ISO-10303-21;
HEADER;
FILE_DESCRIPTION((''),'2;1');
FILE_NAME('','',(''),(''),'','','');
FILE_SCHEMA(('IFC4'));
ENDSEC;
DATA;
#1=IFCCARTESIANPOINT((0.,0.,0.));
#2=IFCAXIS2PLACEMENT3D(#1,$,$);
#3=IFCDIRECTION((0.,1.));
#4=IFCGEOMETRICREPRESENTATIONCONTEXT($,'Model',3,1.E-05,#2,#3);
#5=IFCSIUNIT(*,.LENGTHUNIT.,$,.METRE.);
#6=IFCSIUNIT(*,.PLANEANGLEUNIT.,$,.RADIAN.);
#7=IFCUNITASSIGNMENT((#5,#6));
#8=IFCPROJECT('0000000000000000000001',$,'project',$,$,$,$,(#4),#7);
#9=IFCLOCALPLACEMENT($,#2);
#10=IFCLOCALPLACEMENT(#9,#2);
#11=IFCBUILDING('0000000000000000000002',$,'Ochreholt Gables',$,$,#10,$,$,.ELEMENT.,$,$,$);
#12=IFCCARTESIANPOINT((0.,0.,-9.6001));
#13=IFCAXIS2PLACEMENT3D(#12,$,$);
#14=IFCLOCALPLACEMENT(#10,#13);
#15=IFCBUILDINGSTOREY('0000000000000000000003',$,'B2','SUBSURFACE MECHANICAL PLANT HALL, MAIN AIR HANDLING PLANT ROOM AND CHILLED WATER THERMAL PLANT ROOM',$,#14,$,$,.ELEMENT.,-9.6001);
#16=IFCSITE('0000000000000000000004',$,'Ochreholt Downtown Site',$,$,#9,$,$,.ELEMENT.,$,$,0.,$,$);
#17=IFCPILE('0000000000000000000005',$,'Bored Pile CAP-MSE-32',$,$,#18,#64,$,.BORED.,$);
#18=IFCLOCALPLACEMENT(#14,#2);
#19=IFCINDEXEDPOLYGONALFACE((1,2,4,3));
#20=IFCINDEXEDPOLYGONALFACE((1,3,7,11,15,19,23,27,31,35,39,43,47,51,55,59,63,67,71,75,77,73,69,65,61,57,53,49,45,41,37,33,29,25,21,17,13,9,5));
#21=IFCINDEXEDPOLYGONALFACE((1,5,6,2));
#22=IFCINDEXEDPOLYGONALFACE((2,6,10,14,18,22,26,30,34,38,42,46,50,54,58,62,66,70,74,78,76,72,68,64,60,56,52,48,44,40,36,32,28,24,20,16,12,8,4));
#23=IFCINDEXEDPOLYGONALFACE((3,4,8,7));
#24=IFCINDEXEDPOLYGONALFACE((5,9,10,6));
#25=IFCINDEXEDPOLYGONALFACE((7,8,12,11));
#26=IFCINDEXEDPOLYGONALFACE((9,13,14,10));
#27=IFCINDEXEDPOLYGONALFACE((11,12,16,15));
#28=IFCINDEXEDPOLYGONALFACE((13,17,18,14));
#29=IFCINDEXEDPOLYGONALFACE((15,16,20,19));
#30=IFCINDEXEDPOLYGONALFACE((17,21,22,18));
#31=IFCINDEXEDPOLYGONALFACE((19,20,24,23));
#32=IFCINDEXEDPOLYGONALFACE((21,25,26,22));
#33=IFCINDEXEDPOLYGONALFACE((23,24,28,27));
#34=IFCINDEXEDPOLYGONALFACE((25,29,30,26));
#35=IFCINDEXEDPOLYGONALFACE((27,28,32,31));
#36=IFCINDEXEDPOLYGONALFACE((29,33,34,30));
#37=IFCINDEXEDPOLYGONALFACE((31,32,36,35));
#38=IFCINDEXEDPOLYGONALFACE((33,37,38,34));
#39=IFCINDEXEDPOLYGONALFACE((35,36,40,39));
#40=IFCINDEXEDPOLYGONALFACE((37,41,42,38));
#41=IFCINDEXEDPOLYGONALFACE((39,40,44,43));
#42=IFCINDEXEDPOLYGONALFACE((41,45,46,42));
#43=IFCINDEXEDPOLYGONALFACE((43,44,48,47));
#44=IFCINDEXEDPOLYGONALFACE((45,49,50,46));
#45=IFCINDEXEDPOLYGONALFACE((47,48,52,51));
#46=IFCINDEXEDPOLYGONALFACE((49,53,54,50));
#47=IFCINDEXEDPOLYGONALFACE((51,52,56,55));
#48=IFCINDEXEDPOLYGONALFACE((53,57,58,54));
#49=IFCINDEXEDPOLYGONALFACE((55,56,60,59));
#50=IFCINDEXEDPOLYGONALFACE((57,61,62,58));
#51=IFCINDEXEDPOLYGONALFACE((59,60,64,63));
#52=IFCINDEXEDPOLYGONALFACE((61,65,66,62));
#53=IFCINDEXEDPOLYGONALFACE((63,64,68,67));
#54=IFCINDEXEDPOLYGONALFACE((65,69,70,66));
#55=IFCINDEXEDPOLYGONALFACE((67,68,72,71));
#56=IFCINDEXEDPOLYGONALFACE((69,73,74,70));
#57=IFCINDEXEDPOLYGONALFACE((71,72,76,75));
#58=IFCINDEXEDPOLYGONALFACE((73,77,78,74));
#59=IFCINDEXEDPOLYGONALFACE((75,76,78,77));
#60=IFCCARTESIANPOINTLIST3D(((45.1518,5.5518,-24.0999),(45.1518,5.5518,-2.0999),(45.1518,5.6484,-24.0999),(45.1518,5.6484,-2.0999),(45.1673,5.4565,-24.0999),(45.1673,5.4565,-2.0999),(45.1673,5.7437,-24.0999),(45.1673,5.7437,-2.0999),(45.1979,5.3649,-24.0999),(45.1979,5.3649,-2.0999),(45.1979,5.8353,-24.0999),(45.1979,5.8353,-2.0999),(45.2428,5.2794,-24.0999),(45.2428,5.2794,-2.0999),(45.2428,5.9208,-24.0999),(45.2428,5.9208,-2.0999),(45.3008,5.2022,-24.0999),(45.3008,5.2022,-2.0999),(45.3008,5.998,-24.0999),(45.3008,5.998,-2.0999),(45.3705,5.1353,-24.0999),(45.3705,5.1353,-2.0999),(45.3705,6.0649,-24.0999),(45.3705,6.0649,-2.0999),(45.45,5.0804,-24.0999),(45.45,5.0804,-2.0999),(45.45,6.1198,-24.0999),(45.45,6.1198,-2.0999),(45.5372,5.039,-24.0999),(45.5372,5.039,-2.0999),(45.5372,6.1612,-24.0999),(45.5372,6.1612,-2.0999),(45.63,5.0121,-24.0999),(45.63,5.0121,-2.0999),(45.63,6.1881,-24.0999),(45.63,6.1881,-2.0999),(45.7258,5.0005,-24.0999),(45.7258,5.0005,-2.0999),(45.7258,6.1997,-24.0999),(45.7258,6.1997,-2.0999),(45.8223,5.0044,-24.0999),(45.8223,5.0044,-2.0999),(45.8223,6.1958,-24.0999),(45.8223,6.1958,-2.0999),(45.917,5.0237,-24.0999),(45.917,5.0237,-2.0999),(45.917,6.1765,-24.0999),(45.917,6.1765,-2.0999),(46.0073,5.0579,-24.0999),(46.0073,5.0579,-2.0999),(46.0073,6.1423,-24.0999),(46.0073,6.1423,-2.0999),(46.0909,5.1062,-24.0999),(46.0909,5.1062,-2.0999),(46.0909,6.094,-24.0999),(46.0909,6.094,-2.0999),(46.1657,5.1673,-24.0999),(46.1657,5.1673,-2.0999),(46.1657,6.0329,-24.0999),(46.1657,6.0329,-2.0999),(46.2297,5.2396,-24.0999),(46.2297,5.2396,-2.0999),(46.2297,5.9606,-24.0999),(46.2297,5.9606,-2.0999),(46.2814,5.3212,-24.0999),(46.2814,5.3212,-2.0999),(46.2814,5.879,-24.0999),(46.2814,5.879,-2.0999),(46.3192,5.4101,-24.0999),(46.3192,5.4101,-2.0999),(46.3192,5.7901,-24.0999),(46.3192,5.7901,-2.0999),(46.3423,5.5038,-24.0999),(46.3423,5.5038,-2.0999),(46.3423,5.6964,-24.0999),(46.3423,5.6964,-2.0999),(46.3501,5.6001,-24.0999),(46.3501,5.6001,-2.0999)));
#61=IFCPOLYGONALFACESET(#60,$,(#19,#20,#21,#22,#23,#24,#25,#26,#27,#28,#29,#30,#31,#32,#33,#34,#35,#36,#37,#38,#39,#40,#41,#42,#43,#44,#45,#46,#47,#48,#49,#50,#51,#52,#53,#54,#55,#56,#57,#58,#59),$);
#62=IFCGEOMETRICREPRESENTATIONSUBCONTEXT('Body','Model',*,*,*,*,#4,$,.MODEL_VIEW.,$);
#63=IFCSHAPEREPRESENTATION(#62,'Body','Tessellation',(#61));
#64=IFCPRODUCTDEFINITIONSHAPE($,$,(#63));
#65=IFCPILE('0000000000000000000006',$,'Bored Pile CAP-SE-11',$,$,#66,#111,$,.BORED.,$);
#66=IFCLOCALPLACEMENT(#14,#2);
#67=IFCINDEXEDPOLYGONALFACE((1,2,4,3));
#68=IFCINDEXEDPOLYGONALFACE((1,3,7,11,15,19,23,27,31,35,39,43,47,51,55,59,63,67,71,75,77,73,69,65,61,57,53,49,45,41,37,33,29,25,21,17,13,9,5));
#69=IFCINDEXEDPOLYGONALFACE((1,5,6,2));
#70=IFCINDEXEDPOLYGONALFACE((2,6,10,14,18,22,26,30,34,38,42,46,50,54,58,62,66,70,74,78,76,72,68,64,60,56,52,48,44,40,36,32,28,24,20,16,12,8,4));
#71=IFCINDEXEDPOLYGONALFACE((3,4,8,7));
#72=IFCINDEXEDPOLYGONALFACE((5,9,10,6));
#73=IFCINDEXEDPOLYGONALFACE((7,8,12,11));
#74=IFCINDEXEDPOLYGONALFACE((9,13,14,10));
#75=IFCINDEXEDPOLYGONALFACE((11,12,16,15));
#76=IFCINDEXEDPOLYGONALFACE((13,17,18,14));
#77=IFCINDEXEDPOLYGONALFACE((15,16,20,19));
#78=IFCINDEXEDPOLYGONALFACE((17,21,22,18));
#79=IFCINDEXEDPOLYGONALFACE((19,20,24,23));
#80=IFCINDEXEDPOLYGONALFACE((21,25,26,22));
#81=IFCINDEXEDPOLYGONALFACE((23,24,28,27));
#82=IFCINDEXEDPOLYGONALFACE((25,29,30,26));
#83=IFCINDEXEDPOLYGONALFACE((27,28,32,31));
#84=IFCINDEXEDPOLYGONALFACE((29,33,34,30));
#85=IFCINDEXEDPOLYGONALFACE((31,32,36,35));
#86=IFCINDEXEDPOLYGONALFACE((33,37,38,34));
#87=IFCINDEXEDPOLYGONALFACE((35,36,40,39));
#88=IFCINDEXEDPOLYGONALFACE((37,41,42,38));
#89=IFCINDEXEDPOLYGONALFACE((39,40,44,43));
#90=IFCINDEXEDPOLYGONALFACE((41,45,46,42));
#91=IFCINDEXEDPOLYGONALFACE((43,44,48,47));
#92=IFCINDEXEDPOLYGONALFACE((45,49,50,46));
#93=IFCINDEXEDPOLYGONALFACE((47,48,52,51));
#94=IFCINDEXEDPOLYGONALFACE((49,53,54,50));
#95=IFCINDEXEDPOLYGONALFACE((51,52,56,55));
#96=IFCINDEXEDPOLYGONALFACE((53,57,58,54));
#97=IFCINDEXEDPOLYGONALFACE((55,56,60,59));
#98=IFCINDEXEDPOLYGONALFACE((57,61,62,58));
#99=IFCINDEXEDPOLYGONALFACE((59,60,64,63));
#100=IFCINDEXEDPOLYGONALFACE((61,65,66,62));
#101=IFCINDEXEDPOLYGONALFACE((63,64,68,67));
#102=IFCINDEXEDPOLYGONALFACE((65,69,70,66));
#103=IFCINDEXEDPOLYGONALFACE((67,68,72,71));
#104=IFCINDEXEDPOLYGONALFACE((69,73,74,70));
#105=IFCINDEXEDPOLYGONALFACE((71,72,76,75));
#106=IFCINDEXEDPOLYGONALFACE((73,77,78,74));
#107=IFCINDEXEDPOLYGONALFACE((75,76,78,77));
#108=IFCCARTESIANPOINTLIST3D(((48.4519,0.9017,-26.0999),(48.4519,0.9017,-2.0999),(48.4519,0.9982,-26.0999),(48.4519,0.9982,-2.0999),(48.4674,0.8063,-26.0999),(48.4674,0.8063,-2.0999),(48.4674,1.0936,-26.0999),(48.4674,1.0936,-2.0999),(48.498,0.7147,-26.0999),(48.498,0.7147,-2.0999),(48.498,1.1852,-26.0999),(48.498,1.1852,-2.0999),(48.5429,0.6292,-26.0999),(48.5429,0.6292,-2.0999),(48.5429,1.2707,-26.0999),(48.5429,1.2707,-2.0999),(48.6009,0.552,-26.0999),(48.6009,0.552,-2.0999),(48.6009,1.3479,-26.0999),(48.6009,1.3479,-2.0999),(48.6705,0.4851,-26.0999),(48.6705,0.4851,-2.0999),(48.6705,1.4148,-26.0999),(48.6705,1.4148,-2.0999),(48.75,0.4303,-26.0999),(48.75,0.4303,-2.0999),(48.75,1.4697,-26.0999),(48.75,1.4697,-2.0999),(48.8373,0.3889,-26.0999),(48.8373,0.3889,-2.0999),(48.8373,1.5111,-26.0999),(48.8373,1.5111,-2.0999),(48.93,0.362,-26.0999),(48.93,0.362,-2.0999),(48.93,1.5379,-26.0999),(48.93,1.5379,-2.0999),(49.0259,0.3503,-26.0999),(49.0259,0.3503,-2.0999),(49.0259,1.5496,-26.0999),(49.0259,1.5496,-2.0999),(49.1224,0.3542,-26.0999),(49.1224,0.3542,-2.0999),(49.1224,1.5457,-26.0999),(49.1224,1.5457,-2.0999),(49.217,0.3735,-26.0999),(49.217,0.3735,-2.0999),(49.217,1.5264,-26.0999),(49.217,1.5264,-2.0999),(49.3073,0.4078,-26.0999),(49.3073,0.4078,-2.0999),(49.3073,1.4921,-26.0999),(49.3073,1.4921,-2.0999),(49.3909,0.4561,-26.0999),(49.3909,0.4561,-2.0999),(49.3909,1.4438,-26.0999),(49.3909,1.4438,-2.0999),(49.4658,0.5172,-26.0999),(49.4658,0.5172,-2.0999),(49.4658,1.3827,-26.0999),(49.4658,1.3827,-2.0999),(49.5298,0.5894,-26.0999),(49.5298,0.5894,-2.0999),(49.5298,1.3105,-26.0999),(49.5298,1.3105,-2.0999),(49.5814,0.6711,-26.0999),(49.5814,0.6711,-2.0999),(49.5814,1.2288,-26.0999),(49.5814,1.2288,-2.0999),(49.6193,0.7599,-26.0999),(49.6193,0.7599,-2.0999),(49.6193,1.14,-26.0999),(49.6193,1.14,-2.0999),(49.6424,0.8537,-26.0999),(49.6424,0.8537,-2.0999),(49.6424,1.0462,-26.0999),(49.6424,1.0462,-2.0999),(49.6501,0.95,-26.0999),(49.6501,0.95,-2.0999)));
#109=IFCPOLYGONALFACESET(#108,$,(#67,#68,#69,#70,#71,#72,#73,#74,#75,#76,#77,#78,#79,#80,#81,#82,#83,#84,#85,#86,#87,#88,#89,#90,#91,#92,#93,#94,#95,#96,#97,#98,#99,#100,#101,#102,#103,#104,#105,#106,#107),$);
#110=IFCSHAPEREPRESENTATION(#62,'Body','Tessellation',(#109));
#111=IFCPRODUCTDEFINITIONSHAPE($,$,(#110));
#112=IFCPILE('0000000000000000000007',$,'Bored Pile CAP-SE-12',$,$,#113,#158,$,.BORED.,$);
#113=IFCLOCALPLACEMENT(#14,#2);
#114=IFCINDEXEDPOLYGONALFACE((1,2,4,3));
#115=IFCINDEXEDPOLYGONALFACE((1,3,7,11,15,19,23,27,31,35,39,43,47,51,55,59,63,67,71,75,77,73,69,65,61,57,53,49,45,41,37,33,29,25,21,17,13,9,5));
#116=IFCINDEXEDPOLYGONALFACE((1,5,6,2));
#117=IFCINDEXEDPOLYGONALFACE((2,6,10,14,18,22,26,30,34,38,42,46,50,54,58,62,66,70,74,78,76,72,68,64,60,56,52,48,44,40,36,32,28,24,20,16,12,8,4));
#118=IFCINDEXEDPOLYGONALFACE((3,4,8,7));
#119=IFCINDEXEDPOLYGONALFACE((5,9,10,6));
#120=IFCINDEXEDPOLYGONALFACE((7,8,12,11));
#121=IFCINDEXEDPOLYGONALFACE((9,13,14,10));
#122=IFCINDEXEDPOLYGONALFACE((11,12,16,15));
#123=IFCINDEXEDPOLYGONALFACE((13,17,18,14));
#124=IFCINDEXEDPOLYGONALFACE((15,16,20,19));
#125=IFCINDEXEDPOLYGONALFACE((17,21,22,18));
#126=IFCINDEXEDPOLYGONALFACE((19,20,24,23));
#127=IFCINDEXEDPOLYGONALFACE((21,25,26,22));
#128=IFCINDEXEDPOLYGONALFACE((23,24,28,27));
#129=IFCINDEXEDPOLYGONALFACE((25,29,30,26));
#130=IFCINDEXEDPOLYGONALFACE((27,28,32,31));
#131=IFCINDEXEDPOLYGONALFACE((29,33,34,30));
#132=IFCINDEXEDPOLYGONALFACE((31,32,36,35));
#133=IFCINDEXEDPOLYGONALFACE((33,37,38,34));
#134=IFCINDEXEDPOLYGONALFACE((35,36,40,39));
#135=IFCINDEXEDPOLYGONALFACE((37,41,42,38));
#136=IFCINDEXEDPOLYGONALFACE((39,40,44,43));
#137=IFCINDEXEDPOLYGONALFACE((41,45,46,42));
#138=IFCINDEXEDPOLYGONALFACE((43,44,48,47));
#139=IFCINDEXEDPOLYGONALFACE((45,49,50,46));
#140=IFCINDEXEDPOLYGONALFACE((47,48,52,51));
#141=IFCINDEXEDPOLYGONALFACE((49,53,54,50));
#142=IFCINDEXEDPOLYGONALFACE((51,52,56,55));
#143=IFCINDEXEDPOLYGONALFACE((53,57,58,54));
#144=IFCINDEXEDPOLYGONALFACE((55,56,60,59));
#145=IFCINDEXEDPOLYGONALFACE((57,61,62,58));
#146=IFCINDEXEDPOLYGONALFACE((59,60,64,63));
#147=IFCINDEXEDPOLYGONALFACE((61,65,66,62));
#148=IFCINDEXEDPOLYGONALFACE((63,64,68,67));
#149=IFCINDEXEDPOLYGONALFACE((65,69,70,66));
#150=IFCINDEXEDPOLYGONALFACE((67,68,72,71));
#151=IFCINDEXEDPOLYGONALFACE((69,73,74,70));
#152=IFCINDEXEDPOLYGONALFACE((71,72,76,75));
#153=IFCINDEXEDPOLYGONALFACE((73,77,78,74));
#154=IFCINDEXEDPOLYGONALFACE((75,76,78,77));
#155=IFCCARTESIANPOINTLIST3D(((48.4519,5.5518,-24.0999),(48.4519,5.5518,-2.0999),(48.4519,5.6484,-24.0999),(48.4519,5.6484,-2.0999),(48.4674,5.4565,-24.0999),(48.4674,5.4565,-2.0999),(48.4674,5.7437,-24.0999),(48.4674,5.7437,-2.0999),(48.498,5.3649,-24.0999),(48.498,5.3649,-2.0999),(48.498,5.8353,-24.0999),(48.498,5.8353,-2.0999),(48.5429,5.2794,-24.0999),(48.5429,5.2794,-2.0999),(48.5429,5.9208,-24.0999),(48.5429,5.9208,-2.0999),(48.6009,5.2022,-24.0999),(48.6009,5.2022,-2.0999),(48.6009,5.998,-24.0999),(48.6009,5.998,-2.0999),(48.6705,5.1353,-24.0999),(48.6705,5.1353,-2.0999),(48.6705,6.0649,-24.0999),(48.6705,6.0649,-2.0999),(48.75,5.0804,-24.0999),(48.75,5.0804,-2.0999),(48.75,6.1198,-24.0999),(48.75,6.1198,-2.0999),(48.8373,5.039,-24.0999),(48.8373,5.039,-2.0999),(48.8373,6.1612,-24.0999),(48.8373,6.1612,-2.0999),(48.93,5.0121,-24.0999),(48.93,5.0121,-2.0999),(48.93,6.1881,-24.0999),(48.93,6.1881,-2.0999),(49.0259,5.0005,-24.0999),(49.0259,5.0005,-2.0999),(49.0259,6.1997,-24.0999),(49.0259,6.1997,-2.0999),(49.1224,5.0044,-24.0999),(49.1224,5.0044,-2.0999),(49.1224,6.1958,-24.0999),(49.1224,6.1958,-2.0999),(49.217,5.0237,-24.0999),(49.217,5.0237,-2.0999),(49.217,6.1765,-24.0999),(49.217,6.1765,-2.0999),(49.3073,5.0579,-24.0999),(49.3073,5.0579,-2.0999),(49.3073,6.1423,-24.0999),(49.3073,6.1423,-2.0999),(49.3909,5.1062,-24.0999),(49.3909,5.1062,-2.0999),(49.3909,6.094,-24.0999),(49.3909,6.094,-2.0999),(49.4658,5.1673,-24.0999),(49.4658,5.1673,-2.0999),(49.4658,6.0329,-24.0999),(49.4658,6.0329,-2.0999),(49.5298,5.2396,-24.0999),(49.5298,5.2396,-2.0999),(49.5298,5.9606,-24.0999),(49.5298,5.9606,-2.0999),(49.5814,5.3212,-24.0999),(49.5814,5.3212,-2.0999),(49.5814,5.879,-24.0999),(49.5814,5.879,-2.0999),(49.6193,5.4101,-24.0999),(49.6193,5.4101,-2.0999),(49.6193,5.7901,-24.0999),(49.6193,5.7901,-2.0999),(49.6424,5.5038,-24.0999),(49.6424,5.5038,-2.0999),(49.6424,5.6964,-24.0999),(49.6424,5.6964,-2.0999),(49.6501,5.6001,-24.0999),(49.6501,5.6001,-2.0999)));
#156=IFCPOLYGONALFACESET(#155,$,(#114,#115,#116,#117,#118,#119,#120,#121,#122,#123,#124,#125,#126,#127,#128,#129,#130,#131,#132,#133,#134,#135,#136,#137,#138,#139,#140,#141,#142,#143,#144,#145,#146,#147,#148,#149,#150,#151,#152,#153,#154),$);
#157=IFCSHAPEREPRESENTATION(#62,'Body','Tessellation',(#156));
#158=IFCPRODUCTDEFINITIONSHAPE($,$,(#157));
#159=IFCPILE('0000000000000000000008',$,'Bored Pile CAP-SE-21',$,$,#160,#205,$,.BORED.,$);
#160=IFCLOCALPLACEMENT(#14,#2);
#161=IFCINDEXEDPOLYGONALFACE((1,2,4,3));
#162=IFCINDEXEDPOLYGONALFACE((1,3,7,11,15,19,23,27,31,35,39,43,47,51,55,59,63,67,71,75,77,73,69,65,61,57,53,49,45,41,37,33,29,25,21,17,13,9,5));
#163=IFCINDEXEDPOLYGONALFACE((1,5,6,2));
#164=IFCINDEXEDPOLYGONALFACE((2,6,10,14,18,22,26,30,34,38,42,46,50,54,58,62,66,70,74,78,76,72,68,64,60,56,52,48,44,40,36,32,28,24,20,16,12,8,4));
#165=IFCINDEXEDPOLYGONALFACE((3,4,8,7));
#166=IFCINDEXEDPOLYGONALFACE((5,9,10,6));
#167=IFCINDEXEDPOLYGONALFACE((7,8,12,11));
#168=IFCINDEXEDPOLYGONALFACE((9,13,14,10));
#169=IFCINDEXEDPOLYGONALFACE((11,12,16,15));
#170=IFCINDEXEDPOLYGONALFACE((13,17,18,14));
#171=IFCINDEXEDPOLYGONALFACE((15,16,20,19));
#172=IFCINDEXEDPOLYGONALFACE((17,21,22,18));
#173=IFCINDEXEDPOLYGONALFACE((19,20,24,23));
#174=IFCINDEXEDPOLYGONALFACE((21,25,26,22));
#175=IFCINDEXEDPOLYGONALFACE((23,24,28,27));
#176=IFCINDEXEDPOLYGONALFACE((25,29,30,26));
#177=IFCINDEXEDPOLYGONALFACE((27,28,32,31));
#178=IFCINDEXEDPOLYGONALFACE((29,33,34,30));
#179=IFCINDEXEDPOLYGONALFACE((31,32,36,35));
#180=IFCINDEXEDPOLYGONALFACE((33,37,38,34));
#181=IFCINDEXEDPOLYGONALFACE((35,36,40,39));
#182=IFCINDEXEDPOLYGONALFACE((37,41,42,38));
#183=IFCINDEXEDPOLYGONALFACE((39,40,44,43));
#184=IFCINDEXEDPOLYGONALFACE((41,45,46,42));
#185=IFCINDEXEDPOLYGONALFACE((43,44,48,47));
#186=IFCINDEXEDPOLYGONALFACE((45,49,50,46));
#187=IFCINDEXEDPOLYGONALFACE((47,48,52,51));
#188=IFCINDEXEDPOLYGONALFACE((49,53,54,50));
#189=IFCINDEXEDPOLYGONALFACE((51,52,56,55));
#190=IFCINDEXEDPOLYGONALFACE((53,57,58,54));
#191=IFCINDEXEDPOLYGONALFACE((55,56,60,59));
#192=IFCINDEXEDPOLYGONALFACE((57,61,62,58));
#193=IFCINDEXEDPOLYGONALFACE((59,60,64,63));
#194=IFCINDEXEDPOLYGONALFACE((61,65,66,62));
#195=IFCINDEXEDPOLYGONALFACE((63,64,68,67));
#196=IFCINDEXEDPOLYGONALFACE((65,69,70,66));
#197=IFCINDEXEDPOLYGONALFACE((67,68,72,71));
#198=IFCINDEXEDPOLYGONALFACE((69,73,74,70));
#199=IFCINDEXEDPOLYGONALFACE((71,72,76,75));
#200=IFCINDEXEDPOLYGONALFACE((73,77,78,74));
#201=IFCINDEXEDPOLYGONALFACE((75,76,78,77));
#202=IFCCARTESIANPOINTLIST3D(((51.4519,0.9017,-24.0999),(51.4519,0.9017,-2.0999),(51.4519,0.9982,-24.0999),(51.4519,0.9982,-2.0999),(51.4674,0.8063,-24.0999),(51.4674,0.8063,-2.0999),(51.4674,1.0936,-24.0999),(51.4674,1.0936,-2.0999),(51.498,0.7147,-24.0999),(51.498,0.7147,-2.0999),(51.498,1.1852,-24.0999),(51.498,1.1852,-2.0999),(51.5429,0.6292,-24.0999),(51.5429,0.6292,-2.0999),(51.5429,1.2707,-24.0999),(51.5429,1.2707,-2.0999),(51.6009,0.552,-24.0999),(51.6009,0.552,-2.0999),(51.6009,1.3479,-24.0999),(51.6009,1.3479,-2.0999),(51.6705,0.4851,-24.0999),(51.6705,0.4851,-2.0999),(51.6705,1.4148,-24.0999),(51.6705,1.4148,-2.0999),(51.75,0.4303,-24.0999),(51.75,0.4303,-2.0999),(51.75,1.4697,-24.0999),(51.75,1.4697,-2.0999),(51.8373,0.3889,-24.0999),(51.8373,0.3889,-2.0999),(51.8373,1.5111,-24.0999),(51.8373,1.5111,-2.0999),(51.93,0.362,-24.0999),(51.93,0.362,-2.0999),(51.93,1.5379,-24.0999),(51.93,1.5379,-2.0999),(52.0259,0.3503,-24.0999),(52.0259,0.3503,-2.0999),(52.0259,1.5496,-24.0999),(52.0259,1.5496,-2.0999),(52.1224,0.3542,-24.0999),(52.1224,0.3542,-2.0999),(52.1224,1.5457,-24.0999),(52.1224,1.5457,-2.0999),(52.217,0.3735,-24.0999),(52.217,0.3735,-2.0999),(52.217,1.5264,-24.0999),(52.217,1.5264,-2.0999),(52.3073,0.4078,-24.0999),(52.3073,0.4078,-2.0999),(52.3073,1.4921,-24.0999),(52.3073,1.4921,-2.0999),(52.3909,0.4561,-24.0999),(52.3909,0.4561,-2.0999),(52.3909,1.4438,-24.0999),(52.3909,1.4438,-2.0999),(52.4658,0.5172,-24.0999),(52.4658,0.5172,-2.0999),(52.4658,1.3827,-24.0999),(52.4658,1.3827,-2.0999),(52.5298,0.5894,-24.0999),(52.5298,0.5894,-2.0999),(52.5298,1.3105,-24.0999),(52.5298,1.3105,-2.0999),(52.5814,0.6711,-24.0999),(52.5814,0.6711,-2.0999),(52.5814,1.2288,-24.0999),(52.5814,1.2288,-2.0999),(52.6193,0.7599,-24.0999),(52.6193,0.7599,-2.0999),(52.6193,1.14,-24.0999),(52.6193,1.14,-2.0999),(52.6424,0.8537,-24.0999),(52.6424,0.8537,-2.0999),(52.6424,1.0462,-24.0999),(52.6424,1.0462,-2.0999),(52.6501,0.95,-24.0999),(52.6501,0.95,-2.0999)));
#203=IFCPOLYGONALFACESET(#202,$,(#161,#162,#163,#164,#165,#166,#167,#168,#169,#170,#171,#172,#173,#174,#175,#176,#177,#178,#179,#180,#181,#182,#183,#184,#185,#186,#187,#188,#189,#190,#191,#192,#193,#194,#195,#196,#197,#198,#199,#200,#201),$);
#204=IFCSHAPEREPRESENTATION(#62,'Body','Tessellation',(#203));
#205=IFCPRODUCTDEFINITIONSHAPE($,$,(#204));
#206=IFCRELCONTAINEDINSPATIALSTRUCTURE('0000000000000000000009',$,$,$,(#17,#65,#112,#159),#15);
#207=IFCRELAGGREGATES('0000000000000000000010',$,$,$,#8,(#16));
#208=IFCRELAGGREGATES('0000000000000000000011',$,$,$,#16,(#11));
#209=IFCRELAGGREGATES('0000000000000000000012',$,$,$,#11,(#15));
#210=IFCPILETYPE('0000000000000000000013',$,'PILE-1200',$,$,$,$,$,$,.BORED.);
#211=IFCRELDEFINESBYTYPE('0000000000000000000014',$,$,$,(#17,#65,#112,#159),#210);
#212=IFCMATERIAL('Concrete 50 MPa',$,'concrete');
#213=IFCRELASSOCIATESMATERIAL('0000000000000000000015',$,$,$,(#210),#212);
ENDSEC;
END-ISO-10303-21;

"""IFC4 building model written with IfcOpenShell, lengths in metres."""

from ifc_helpers import new_model, si_unit, direction, frame, origin, origin_2d, place, context, subcontext, project, spatial, circle, extrude, material, material_profile, profile_set, type_object, element, save


model = new_model("IFC4")

# Units and contexts
model_context = context("Model", 3, precision=1e-05, world=origin(), true_north=direction((0.0, 1.0)))
body_context = subcontext(model_context, "Body", "Model", "MODEL_VIEW")
ifc_project = project(units=[si_unit("LENGTHUNIT", "METRE"), si_unit("PLANEANGLEUNIT", "RADIAN")], contexts=[model_context])

# Site, building, storey
site_placement = place(None, origin())
site = spatial("IfcSite", under=ifc_project, at=site_placement, Name="Ochreholt Downtown Site", CompositionType="ELEMENT", RefElevation=0.0)
building_placement = place(site_placement, origin())
building = spatial("IfcBuilding", under=site, at=building_placement, Name="Ochreholt Gables", CompositionType="ELEMENT")
storey_placement = place(building_placement, frame((0.0, 0.0, -9.6001)))
storey = spatial("IfcBuildingStorey", under=building, at=storey_placement, Name="B2", Description="SUBSURFACE MECHANICAL PLANT HALL, MAIN AIR HANDLING PLANT ROOM AND CHILLED WATER THERMAL PLANT ROOM", CompositionType="ELEMENT", Elevation=-9.6001)

# Shared definitions
ifc_material_1 = material(Name="Concrete 50 MPa", Category="concrete")

# Piles
ifc_material_profile_1 = material_profile(ifc_material_1, circle(Radius=0.6001, at=origin_2d()), Name="PILE1200")
ifc_profile_set_1 = profile_set([ifc_material_profile_1], Name="Concrete 50 MPa")
pile_type = type_object("IfcPileType", Name="PILE-1200", PredefinedType="BORED", material=ifc_profile_set_1)
pile_1_placement = place(storey_placement, frame((45.75, 5.6001, -2.0999), z_axis=(0.0, 0.0, -1.0), x_axis=(1.0, 0.0, 0.0)))
element("IfcPile", 1, at=pile_1_placement, inside=storey, type_object=pile_type, Name="Bored Pile CAP-MSE-32", PredefinedType="BORED", context=body_context, shape_type="SweptSolid", body=[
    extrude(circle(Radius=0.6001, at=origin_2d()), origin(), (0.0, 0.0, 1.0), 22.0),
])
pile_2_placement = place(storey_placement, frame((49.05, 0.95, -2.0999), z_axis=(0.0, 0.0, -1.0), x_axis=(1.0, 0.0, 0.0)))
element("IfcPile", 2, at=pile_2_placement, inside=storey, type_object=pile_type, Name="Bored Pile CAP-SE-11", PredefinedType="BORED", context=body_context, shape_type="SweptSolid", body=[
    extrude(circle(Radius=0.6001, at=origin_2d()), origin(), (0.0, 0.0, 1.0), 24.0),
])
for number, where, z_axis, x_axis, name in (
    (3, (49.05, 5.6001, -2.0999), (0.0, 0.0, -1.0), (1.0, 0.0, 0.0), "Bored Pile CAP-SE-12"),
    (4, (52.05, 0.95, -2.0999), (0.0, 0.0, -1.0), (1.0, 0.0, 0.0), "Bored Pile CAP-SE-21"),
):
    element("IfcPile", number, at=place(storey_placement, frame(where, z_axis=z_axis, x_axis=x_axis)), inside=storey, type_object=pile_type, Name=name, PredefinedType="BORED", context=body_context, shape_type="SweptSolid", body=[
        extrude(circle(Radius=0.6001, at=origin_2d()), origin(), (0.0, 0.0, 1.0), 22.0),
    ])

save(model, "model.ifc")
